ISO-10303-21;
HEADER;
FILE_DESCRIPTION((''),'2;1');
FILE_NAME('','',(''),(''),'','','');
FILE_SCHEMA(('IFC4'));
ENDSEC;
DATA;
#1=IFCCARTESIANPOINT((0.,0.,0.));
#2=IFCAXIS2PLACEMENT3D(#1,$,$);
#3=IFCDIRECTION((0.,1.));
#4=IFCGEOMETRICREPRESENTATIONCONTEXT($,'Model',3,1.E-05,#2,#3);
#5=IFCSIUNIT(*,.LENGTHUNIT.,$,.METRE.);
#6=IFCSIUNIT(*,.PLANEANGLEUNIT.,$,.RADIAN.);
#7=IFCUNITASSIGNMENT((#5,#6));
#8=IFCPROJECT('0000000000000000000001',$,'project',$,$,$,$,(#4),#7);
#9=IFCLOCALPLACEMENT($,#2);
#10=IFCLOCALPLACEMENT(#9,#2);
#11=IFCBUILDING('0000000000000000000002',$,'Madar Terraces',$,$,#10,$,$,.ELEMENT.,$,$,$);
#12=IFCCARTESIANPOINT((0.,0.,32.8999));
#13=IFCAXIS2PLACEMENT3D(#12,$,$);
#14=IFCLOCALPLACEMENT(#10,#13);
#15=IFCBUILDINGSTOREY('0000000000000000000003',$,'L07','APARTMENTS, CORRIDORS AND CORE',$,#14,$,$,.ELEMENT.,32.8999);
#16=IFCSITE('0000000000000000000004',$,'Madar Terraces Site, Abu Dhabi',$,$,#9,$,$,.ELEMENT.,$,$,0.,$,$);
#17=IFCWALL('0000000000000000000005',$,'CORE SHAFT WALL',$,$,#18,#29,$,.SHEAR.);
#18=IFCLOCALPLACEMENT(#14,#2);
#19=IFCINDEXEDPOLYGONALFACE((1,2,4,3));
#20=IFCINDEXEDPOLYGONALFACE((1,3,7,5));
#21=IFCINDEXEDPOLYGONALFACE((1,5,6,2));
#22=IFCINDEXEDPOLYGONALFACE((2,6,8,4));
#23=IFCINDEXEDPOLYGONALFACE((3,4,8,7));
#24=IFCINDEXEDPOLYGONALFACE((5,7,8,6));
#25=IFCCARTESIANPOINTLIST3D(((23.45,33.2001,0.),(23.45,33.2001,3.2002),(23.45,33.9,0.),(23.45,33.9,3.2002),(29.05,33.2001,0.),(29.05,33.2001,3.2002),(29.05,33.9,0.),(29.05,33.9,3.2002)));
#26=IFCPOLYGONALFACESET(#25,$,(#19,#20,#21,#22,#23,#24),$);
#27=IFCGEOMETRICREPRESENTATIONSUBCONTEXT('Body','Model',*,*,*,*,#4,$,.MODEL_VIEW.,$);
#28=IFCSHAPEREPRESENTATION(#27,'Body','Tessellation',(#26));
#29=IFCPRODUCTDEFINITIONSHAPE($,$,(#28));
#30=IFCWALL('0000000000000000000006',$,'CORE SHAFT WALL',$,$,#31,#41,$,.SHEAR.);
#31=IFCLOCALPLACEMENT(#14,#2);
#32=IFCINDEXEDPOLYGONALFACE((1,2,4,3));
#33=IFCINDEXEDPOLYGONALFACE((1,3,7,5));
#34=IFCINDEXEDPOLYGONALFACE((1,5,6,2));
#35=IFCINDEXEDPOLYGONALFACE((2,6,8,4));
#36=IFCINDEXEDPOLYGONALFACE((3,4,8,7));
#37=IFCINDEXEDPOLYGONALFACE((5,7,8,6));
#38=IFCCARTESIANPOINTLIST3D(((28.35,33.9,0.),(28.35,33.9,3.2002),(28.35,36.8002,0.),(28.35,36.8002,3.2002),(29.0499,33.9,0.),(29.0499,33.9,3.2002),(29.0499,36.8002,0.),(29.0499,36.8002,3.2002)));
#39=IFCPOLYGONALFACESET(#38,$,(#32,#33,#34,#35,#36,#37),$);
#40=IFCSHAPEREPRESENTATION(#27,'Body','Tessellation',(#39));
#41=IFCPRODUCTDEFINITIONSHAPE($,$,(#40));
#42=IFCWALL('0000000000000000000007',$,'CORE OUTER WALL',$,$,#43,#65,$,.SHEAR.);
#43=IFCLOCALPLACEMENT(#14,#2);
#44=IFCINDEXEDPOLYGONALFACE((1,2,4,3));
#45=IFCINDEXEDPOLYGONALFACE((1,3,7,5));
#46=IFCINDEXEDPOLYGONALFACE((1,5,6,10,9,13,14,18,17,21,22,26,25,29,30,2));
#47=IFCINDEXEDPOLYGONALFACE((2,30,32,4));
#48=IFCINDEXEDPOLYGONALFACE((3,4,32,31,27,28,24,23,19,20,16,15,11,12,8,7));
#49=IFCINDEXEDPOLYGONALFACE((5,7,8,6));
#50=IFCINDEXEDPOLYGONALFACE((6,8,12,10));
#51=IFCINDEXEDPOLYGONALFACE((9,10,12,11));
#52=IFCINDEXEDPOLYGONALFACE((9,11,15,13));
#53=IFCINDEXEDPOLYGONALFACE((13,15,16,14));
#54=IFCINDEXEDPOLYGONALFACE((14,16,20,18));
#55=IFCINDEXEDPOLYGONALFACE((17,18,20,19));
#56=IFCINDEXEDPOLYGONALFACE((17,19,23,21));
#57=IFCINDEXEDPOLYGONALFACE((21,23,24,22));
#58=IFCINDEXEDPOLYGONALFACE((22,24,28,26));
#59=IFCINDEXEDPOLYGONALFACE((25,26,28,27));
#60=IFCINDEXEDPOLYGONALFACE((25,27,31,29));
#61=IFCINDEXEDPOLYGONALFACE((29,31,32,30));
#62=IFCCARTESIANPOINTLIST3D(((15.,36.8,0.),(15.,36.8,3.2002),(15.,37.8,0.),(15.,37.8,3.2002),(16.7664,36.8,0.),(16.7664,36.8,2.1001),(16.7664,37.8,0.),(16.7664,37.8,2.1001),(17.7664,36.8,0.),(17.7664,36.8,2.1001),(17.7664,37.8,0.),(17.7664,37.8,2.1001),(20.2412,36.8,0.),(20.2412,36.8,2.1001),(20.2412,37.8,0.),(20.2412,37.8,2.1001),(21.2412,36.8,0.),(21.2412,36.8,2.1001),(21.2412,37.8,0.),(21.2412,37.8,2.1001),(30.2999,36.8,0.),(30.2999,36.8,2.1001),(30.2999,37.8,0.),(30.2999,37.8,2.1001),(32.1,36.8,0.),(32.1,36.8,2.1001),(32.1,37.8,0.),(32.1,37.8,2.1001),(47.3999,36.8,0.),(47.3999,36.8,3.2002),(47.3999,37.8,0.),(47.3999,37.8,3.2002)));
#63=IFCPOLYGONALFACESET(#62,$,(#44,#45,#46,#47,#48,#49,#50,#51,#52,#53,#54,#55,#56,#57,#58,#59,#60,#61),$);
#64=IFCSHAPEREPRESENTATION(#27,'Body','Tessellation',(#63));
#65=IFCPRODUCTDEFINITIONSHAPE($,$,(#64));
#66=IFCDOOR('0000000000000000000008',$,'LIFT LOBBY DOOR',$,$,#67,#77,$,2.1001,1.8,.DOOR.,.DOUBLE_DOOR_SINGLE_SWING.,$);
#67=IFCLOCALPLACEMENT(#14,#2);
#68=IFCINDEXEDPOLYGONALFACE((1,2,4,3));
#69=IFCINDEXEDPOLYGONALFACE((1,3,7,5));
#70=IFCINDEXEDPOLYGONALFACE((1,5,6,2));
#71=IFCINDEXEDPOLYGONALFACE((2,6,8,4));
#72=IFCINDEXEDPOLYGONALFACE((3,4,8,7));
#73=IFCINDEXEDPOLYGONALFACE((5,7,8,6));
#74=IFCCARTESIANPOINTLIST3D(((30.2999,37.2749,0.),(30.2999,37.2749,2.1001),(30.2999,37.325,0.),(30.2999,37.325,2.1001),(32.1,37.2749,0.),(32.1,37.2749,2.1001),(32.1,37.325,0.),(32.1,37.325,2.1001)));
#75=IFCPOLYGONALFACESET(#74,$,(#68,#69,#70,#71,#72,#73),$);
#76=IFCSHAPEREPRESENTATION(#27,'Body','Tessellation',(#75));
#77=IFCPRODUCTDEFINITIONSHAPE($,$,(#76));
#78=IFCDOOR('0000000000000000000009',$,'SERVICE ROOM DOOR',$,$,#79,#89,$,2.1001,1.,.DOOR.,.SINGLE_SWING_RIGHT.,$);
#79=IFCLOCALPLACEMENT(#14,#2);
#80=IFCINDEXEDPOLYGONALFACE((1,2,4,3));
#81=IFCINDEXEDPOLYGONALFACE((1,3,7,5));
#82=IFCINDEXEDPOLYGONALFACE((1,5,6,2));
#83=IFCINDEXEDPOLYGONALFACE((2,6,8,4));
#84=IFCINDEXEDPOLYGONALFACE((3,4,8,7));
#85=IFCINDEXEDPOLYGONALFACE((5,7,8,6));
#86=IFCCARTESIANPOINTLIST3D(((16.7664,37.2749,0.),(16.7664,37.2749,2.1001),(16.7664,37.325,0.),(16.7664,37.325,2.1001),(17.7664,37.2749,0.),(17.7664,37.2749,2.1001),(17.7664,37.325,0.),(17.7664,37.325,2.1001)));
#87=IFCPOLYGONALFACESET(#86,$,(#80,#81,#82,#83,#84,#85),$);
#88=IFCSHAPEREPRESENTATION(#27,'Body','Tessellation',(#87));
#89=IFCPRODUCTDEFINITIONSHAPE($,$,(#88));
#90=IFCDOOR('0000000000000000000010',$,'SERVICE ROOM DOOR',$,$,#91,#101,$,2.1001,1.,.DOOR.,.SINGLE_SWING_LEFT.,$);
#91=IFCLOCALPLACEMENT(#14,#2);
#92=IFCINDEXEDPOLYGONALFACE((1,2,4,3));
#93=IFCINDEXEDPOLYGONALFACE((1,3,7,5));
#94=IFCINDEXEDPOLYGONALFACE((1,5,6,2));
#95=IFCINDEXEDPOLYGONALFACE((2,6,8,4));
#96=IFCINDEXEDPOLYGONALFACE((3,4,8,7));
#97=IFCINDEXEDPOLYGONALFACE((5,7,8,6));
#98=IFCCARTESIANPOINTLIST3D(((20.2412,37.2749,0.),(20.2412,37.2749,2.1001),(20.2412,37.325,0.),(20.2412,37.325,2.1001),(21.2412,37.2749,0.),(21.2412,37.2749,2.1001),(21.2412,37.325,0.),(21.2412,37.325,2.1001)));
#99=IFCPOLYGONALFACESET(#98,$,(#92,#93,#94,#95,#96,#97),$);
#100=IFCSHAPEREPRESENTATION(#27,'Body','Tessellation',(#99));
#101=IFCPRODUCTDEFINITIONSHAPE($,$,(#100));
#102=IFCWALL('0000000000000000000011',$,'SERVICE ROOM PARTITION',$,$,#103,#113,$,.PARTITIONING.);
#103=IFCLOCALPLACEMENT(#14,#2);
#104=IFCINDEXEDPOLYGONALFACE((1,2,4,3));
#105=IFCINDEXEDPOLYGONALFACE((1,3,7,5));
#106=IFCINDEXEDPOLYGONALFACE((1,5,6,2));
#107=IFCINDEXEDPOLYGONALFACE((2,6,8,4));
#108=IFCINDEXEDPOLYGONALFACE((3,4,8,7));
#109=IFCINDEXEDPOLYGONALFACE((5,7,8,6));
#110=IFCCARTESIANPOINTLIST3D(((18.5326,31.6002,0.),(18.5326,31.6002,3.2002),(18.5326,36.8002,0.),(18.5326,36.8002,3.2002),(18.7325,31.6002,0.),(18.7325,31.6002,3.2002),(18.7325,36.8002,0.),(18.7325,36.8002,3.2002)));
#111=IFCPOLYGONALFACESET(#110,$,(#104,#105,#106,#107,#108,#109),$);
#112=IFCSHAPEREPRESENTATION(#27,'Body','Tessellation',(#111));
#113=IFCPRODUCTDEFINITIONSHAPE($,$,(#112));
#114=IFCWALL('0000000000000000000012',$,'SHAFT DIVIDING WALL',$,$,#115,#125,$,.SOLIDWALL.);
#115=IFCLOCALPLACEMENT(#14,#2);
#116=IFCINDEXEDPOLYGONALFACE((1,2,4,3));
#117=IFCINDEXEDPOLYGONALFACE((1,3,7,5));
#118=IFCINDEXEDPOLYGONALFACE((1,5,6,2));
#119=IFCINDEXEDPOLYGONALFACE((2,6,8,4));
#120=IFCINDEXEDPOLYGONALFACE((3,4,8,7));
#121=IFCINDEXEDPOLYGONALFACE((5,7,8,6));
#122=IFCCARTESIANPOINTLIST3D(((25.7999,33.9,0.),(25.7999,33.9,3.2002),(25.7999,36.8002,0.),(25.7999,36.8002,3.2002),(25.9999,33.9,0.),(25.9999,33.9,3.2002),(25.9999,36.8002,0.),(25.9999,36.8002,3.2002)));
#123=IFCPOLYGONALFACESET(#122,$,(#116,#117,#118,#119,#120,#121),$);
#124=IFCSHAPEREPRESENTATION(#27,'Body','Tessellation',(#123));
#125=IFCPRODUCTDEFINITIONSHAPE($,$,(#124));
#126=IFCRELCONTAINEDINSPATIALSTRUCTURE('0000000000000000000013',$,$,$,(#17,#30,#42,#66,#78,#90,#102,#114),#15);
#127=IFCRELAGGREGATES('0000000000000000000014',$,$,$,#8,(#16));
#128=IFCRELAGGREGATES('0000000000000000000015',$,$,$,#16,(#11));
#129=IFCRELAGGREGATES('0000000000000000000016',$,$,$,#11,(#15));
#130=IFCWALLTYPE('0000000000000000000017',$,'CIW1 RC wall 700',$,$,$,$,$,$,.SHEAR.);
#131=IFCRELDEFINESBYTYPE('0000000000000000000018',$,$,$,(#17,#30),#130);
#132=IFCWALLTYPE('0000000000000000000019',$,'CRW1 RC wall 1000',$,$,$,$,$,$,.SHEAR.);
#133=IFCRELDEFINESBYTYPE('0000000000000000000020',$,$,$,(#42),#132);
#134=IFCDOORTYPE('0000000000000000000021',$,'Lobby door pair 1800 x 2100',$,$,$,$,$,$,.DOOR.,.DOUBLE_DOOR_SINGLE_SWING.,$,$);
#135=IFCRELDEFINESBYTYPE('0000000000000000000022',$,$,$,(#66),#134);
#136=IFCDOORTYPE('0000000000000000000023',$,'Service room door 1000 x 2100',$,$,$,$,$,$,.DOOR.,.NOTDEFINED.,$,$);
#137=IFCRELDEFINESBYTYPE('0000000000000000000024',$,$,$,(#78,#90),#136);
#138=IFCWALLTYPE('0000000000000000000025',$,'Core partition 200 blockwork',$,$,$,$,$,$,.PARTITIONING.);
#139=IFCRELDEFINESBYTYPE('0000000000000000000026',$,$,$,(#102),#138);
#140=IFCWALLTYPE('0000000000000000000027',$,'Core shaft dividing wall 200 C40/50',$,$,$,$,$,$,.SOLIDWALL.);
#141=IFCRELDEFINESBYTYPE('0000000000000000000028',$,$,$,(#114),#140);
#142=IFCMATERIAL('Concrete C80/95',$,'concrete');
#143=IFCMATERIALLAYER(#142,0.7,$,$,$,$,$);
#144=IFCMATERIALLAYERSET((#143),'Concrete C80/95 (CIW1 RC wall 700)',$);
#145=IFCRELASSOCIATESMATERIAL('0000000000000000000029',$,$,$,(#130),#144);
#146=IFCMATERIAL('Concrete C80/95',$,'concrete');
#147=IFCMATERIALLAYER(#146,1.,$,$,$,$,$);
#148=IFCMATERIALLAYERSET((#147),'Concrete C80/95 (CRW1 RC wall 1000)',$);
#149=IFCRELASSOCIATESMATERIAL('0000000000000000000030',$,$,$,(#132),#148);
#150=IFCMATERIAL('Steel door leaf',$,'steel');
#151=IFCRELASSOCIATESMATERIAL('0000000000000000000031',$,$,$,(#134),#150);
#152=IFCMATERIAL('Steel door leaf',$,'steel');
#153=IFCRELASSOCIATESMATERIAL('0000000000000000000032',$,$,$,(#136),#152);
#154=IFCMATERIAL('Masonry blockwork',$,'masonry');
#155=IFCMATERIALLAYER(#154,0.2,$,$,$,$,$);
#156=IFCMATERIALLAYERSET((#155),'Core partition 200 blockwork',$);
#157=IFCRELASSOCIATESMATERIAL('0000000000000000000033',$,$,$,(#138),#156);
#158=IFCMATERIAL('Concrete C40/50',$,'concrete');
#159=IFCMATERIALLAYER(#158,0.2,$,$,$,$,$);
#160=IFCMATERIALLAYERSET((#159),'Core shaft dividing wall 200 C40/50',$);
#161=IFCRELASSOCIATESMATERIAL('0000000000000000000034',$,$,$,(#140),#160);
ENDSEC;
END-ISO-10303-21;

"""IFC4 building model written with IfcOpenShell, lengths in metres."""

from ifc_helpers import new_model, si_unit, direction, frame, frame_2d, origin, place, context, subcontext, project, spatial, rectangle, extrude, material, layer, layer_set, type_object, element, fill, save


model = new_model("IFC4")

# Units and contexts
model_context = context("Model", 3, precision=1e-05, world=origin(), true_north=direction((0.0, 1.0)))
body_context = subcontext(model_context, "Body", "Model", "MODEL_VIEW")
ifc_project = project(units=[si_unit("LENGTHUNIT", "METRE"), si_unit("PLANEANGLEUNIT", "RADIAN")], contexts=[model_context])

# Site, building, storey
site_placement = place(None, origin())
site = spatial("IfcSite", under=ifc_project, at=site_placement, Name="Madar Terraces Site, Abu Dhabi", CompositionType="ELEMENT", RefElevation=0.0)
building_placement = place(site_placement, origin())
building = spatial("IfcBuilding", under=site, at=building_placement, Name="Madar Terraces", CompositionType="ELEMENT")
storey_placement = place(building_placement, frame((0.0, 0.0, 32.8999)))
storey = spatial("IfcBuildingStorey", under=building, at=storey_placement, Name="L07", Description="APARTMENTS, CORRIDORS AND CORE", CompositionType="ELEMENT", Elevation=32.8999)

# Walls
ifc_material_1 = material(Name="Concrete C80/95", Category="concrete")
ifc_layer_1 = layer(ifc_material_1, 0.7)
ifc_layer_set_1 = layer_set([ifc_layer_1], Name="Concrete C80/95 (CIW1 RC wall 700)")
wall_type_1 = type_object("IfcWallType", Name="CIW1 RC wall 700", PredefinedType="SHEAR", material=ifc_layer_set_1)
wall_1_placement = place(storey_placement, frame((23.45, 33.55, 0.0), z_axis=(0.0, 0.0, 1.0), x_axis=(1.0, 0.0, 0.0)))
element("IfcWall", 1, at=wall_1_placement, inside=storey, type_object=wall_type_1, Name="CORE SHAFT WALL", PredefinedType="SHEAR", context=body_context, shape_type="SweptSolid", body=[
    extrude(rectangle(XDim=5.6001, YDim=0.7, at=frame_2d((2.8, 0.0))), origin(), (0.0, 0.0, 1.0), 3.2002),
])
wall_2_placement = place(storey_placement, frame((28.7, 33.8999, 0.0), z_axis=(0.0, 0.0, 1.0), x_axis=(0.0, 1.0, 0.0)))
element("IfcWall", 2, at=wall_2_placement, inside=storey, type_object=wall_type_1, Name="CORE SHAFT WALL", PredefinedType="SHEAR", context=body_context, shape_type="SweptSolid", body=[
    extrude(rectangle(XDim=2.9001, YDim=0.7, at=frame_2d((1.4502, 0.0))), origin(), (0.0, 0.0, 1.0), 3.2002),
])

# Wall, openings, doors
ifc_material_2 = material(Name="Concrete C80/95", Category="concrete")
ifc_layer_2 = layer(ifc_material_2, 1.0)
ifc_layer_set_2 = layer_set([ifc_layer_2], Name="Concrete C80/95 (CRW1 RC wall 1000)")
wall_type_2 = type_object("IfcWallType", Name="CRW1 RC wall 1000", PredefinedType="SHEAR", material=ifc_layer_set_2)
wall_3_placement = place(storey_placement, frame((15.0, 37.3, 0.0), z_axis=(0.0, 0.0, 1.0), x_axis=(1.0, 0.0, 0.0)))
wall_3 = element("IfcWall", 3, at=wall_3_placement, inside=storey, type_object=wall_type_2, Name="CORE OUTER WALL", PredefinedType="SHEAR", context=body_context, shape_type="SweptSolid", body=[
    extrude(rectangle(XDim=32.3999, YDim=1.0, at=frame_2d((16.2, 0.0))), origin(), (0.0, 0.0, 1.0), 3.2002),
])
opening_1_placement = place(wall_3_placement, frame((15.3, 0.0, 0.0)))
opening_1 = element("IfcOpeningElement", 4, at=opening_1_placement, cuts=wall_3, PredefinedType="OPENING", context=body_context, shape_type="SweptSolid", body=[
    extrude(rectangle(XDim=1.8, YDim=2.1001, at=frame_2d((0.8999, 1.05))), frame((0.0, 0.51, 0.0), z_axis=(0.0, -1.0, 0.0), x_axis=(1.0, 0.0, 0.0)), (0.0, 0.0, 1.0), 1.02),
])
opening_2_placement = place(wall_3_placement, frame((1.7664, 0.0, 0.0)))
opening_2 = element("IfcOpeningElement", 5, at=opening_2_placement, cuts=wall_3, PredefinedType="OPENING", context=body_context, shape_type="SweptSolid", body=[
    extrude(rectangle(XDim=1.0, YDim=2.1001, at=frame_2d((0.5, 1.05))), frame((0.0, 0.51, 0.0), z_axis=(0.0, -1.0, 0.0), x_axis=(1.0, 0.0, 0.0)), (0.0, 0.0, 1.0), 1.02),
])
opening_3_placement = place(wall_3_placement, frame((5.2412, 0.0, 0.0)))
opening_3 = element("IfcOpeningElement", 6, at=opening_3_placement, cuts=wall_3, PredefinedType="OPENING", context=body_context, shape_type="SweptSolid", body=[
    extrude(rectangle(XDim=1.0, YDim=2.1001, at=frame_2d((0.5, 1.05))), frame((0.0, 0.51, 0.0), z_axis=(0.0, -1.0, 0.0), x_axis=(1.0, 0.0, 0.0)), (0.0, 0.0, 1.0), 1.02),
])
ifc_material_3 = material(Name="Steel door leaf", Category="steel")
door_type_1 = type_object("IfcDoorType", Name="Lobby door pair 1800 x 2100", OperationType="DOUBLE_DOOR_SINGLE_SWING", PredefinedType="DOOR", material=ifc_material_3)
door_1_placement = place(opening_1_placement, origin())
door_1 = element("IfcDoor", 7, at=door_1_placement, inside=storey, type_object=door_type_1, Name="LIFT LOBBY DOOR", OperationType="DOUBLE_DOOR_SINGLE_SWING", OverallHeight=2.1001, OverallWidth=1.8, PredefinedType="DOOR", context=body_context, shape_type="SweptSolid", body=[
    extrude(rectangle(XDim=1.8, YDim=2.1001, at=frame_2d((0.8999, 1.05))), frame((0.0, 0.0249, 0.0), z_axis=(0.0, -1.0, 0.0), x_axis=(1.0, 0.0, 0.0)), (0.0, 0.0, 1.0), 0.05),
])
fill(opening_1, door_1)
ifc_material_4 = material(Name="Steel door leaf", Category="steel")
door_type_2 = type_object("IfcDoorType", Name="Service room door 1000 x 2100", OperationType="NOTDEFINED", PredefinedType="DOOR", material=ifc_material_4)
door_2_placement = place(opening_2_placement, origin())
door_2 = element("IfcDoor", 8, at=door_2_placement, inside=storey, type_object=door_type_2, Name="SERVICE ROOM DOOR", OperationType="SINGLE_SWING_RIGHT", OverallHeight=2.1001, OverallWidth=1.0, PredefinedType="DOOR", context=body_context, shape_type="SweptSolid", body=[
    extrude(rectangle(XDim=1.0, YDim=2.1001, at=frame_2d((0.5, 1.05))), frame((0.0, 0.0249, 0.0), z_axis=(0.0, -1.0, 0.0), x_axis=(1.0, 0.0, 0.0)), (0.0, 0.0, 1.0), 0.05),
])
fill(opening_2, door_2)
door_3_placement = place(opening_3_placement, origin())
door_3 = element("IfcDoor", 9, at=door_3_placement, inside=storey, type_object=door_type_2, Name="SERVICE ROOM DOOR", OperationType="SINGLE_SWING_LEFT", OverallHeight=2.1001, OverallWidth=1.0, PredefinedType="DOOR", context=body_context, shape_type="SweptSolid", body=[
    extrude(rectangle(XDim=1.0, YDim=2.1001, at=frame_2d((0.5, 1.05))), frame((0.0, 0.0249, 0.0), z_axis=(0.0, -1.0, 0.0), x_axis=(1.0, 0.0, 0.0)), (0.0, 0.0, 1.0), 0.05),
])
fill(opening_3, door_3)

# Walls
ifc_material_5 = material(Name="Masonry blockwork", Category="masonry")
ifc_layer_3 = layer(ifc_material_5, 0.2)
ifc_layer_set_3 = layer_set([ifc_layer_3], Name="Core partition 200 blockwork")
wall_type_3 = type_object("IfcWallType", Name="Core partition 200 blockwork", PredefinedType="PARTITIONING", material=ifc_layer_set_3)
wall_4_placement = place(storey_placement, frame((18.6326, 31.6001, 0.0), z_axis=(0.0, 0.0, 1.0), x_axis=(0.0, 1.0, 0.0)))
element("IfcWall", 10, at=wall_4_placement, inside=storey, type_object=wall_type_3, Name="SERVICE ROOM PARTITION", PredefinedType="PARTITIONING", context=body_context, shape_type="SweptSolid", body=[
    extrude(rectangle(XDim=5.2, YDim=0.2, at=frame_2d((2.6001, 0.0))), origin(), (0.0, 0.0, 1.0), 3.2002),
])
ifc_material_6 = material(Name="Concrete C40/50", Category="concrete")
ifc_layer_4 = layer(ifc_material_6, 0.2)
ifc_layer_set_4 = layer_set([ifc_layer_4], Name="Core shaft dividing wall 200 C40/50")
wall_type_4 = type_object("IfcWallType", Name="Core shaft dividing wall 200 C40/50", PredefinedType="SOLIDWALL", material=ifc_layer_set_4)
wall_5_placement = place(storey_placement, frame((25.8999, 33.8999, 0.0), z_axis=(0.0, 0.0, 1.0), x_axis=(0.0, 1.0, 0.0)))
element("IfcWall", 11, at=wall_5_placement, inside=storey, type_object=wall_type_4, Name="SHAFT DIVIDING WALL", PredefinedType="SOLIDWALL", context=body_context, shape_type="SweptSolid", body=[
    extrude(rectangle(XDim=2.9001, YDim=0.2, at=frame_2d((1.4502, 0.0))), origin(), (0.0, 0.0, 1.0), 3.2002),
])

save(model, "model.ifc")
